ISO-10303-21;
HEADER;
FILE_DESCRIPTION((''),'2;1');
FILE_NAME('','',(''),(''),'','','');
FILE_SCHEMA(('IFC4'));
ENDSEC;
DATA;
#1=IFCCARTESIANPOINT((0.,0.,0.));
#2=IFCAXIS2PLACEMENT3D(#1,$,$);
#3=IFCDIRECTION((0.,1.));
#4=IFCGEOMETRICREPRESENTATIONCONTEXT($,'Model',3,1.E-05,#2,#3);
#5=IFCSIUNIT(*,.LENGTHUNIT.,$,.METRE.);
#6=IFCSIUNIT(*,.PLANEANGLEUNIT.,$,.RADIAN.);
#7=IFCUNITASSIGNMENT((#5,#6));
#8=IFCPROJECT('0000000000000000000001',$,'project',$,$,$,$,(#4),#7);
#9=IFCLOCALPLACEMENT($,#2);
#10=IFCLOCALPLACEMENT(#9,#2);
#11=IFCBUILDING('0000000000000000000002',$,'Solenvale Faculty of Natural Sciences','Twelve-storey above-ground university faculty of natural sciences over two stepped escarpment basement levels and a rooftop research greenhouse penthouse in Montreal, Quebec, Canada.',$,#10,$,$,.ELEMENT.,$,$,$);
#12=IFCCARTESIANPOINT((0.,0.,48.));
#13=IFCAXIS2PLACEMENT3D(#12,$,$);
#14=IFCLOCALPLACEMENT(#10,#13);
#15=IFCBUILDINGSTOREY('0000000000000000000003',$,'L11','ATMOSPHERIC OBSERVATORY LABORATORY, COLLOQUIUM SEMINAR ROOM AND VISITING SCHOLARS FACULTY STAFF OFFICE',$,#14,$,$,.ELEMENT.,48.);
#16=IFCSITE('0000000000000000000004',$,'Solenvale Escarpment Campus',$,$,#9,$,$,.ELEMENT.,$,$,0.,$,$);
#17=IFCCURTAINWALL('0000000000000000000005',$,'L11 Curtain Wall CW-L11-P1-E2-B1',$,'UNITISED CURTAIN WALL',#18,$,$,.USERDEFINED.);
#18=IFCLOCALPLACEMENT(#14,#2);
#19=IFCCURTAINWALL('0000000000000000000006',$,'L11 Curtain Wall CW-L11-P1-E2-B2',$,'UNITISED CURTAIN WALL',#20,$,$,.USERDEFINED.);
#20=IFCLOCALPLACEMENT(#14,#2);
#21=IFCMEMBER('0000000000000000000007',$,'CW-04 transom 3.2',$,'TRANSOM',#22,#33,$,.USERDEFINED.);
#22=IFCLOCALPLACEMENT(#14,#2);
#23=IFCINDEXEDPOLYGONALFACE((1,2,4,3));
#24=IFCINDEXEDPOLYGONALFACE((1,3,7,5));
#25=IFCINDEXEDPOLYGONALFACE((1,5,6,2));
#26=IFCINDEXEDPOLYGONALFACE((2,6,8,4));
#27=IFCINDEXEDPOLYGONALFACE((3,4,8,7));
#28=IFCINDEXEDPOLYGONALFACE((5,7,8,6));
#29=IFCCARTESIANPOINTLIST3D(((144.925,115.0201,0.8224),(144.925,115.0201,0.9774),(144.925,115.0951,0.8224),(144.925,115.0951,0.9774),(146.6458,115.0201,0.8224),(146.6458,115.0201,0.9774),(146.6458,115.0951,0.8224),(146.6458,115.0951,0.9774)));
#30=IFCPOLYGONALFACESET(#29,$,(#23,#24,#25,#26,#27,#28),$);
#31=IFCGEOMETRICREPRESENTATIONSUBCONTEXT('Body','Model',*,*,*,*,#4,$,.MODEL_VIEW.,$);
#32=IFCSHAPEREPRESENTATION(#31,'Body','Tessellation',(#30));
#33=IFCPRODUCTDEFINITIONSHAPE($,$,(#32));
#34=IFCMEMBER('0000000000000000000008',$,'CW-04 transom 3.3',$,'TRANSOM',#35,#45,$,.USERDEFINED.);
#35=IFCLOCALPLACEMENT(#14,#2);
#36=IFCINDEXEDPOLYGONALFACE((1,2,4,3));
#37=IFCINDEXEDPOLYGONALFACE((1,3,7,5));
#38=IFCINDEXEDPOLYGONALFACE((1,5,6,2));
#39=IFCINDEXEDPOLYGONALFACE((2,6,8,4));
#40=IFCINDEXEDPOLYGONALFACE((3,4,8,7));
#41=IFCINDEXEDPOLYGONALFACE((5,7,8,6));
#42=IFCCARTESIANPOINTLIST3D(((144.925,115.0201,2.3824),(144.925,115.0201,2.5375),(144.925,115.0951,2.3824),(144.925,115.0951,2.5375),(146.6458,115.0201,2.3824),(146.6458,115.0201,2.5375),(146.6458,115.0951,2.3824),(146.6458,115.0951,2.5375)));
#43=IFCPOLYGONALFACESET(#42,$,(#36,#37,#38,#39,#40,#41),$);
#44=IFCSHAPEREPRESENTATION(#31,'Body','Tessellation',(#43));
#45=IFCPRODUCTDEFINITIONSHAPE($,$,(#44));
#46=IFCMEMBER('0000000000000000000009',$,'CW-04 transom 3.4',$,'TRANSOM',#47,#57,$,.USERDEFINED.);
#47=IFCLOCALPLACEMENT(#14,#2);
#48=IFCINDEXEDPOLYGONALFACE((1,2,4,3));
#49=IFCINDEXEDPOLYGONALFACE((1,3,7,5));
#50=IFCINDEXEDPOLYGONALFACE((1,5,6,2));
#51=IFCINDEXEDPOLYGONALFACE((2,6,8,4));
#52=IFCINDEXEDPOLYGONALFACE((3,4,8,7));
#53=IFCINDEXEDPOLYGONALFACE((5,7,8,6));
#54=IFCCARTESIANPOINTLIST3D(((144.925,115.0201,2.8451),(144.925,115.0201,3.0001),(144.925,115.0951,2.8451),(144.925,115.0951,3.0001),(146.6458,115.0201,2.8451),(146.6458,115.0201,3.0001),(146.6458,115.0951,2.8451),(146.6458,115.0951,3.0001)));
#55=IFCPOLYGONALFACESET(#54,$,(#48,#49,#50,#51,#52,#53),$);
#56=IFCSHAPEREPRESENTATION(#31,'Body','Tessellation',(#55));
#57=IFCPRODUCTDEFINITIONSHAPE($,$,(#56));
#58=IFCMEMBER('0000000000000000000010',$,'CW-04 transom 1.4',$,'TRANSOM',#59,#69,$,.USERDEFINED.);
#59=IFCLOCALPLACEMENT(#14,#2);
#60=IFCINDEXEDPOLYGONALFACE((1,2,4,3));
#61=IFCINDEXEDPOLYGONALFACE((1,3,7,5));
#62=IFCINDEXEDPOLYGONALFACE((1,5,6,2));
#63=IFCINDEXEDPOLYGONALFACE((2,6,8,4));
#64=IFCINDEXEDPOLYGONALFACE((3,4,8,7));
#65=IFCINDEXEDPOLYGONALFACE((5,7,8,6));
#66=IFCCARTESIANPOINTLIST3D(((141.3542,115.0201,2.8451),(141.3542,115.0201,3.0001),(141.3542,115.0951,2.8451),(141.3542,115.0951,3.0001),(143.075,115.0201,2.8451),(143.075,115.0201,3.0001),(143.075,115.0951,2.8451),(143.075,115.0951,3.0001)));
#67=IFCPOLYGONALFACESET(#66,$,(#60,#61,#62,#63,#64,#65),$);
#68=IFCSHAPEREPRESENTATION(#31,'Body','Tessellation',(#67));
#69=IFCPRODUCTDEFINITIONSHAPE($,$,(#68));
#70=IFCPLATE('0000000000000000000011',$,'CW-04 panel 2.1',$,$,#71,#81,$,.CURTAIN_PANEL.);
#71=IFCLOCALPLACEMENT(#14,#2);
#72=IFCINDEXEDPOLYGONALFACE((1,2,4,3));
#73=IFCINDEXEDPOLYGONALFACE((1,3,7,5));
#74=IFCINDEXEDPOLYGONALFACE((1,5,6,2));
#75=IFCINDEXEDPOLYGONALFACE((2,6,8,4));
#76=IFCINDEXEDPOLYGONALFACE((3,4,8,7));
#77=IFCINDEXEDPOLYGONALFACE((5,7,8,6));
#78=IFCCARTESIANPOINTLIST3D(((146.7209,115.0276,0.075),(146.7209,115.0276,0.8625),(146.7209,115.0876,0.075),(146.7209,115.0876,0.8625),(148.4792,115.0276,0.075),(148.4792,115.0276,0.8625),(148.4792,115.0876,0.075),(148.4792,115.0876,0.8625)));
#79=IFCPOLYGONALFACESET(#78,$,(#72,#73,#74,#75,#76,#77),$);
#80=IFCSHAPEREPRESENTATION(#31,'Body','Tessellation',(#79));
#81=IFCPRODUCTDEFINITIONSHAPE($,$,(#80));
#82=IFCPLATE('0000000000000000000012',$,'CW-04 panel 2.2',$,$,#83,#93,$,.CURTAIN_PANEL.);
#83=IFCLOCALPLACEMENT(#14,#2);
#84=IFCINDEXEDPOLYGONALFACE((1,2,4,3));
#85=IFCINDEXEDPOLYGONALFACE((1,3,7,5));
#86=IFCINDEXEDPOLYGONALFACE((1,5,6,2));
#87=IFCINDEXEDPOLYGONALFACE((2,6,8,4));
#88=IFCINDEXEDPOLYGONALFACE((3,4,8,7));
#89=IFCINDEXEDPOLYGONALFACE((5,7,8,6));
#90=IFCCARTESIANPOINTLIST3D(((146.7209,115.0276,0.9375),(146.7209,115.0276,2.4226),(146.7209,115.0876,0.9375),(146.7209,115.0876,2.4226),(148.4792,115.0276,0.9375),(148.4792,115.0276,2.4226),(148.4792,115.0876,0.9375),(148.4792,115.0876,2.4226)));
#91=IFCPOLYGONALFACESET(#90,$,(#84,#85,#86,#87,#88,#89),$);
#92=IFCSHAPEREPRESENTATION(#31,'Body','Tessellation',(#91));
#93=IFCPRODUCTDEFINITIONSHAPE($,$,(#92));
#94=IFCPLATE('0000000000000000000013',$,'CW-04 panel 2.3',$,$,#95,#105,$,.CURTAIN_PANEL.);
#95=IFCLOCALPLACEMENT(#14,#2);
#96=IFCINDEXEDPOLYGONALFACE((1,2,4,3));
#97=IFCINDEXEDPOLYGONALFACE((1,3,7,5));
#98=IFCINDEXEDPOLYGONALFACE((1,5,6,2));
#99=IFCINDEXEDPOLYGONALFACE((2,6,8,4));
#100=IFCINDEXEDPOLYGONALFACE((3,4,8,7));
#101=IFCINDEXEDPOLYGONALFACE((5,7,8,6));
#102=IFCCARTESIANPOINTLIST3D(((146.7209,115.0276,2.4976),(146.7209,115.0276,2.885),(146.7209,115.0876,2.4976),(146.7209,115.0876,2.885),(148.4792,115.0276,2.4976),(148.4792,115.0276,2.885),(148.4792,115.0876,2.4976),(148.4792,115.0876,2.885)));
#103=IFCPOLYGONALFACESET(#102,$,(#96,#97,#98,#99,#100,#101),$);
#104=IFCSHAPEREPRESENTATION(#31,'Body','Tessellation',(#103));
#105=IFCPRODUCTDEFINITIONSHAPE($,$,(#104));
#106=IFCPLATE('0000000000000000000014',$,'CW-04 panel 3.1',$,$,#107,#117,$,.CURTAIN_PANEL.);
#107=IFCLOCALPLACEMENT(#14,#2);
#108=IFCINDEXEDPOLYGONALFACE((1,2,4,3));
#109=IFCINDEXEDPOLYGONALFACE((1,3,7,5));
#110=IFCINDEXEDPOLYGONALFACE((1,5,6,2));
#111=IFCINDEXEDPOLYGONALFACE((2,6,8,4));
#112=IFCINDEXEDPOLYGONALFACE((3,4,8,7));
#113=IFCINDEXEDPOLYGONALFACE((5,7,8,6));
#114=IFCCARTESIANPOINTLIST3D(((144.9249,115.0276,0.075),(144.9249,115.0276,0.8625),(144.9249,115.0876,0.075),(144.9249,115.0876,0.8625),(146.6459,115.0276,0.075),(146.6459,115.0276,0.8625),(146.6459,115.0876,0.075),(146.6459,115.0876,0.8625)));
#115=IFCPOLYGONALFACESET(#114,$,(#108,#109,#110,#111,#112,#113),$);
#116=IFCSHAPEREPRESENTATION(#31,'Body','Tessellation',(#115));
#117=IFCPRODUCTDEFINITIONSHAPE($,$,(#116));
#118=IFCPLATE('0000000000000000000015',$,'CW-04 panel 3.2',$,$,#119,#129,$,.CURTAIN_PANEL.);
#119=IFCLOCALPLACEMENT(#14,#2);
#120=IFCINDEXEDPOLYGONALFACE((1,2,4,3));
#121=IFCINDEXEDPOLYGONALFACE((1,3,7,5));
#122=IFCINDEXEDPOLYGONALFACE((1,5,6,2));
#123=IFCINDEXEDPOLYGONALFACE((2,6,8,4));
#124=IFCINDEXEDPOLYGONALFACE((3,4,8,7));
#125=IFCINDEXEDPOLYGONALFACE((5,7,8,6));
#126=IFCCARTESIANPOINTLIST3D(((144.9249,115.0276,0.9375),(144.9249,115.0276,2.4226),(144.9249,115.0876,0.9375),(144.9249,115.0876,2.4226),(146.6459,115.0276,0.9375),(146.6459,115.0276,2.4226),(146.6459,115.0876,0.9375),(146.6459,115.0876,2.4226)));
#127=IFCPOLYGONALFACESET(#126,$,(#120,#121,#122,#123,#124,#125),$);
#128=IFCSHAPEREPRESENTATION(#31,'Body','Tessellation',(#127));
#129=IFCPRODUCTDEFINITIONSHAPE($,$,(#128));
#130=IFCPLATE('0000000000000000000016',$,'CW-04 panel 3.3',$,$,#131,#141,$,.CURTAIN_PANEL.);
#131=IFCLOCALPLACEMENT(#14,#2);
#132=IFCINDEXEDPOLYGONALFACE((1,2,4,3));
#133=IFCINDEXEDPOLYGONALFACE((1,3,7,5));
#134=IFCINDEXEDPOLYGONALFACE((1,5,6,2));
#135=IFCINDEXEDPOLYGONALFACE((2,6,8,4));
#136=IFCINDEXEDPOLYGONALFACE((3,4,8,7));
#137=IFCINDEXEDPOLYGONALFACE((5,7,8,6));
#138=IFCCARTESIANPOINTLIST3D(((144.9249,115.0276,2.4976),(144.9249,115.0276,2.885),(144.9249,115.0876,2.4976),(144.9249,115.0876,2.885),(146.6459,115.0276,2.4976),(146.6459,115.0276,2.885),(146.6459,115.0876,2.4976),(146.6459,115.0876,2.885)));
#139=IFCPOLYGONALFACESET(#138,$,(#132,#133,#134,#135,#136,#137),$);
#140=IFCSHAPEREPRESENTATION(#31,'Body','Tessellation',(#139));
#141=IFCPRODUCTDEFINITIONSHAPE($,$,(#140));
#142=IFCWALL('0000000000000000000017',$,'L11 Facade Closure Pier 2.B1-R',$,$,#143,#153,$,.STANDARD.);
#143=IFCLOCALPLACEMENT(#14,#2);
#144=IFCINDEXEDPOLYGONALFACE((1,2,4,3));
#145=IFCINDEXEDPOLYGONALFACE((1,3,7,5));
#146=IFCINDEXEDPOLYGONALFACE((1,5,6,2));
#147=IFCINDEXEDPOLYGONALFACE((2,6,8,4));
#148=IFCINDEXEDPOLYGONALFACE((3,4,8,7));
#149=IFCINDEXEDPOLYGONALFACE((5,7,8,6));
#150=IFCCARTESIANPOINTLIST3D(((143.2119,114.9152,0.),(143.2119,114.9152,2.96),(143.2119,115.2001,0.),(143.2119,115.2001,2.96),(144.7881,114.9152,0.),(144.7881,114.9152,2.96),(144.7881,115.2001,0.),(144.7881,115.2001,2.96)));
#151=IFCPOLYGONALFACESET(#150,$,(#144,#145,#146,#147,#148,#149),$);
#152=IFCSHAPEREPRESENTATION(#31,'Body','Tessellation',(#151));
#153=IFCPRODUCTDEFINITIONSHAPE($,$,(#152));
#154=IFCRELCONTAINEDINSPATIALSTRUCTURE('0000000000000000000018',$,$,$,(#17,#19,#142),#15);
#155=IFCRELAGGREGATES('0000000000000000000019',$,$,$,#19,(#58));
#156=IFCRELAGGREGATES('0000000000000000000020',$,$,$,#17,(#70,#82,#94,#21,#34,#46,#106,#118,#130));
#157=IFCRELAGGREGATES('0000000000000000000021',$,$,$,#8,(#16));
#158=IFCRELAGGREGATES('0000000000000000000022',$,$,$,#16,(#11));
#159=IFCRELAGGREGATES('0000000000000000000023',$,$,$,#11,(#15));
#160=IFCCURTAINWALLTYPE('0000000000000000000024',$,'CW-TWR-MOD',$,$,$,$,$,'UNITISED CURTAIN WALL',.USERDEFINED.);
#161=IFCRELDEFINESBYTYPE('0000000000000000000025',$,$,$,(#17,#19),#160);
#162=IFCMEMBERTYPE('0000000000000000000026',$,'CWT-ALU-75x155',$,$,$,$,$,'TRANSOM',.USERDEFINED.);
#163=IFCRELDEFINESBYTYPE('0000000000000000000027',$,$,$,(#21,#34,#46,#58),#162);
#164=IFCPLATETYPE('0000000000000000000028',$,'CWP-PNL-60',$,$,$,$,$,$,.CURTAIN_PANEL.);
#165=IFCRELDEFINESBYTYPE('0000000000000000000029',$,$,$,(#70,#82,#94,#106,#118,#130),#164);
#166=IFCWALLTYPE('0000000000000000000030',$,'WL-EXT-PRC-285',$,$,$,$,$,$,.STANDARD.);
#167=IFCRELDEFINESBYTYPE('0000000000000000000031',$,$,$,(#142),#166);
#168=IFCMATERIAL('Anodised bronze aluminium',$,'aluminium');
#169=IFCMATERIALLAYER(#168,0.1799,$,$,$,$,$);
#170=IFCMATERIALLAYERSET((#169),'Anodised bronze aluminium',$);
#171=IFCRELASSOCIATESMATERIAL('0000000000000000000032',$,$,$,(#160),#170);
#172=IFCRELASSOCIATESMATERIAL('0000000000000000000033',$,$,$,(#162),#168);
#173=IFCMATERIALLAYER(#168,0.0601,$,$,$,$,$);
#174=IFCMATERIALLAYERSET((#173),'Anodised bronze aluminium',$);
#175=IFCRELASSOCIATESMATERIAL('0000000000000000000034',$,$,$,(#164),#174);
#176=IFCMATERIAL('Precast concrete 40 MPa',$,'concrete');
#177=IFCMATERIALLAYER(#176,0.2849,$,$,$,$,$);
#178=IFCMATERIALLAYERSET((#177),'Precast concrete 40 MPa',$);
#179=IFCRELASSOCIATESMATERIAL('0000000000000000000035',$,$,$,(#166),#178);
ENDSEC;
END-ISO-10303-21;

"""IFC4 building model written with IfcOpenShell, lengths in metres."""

from ifc_helpers import new_model, si_unit, direction, frame, frame_2d, origin, origin_2d, place, context, subcontext, project, spatial, rectangle, extrude, material, layer, layer_set, material_profile, profile_set, type_object, element, aggregate, save


model = new_model("IFC4")

# Units and contexts
model_context = context("Model", 3, precision=1e-05, world=origin(), true_north=direction((0.0, 1.0)))
body_context = subcontext(model_context, "Body", "Model", "MODEL_VIEW")
ifc_project = project(units=[si_unit("LENGTHUNIT", "METRE"), si_unit("PLANEANGLEUNIT", "RADIAN")], contexts=[model_context])

# Site, building, storey
site_placement = place(None, origin())
site = spatial("IfcSite", under=ifc_project, at=site_placement, Name="Solenvale Escarpment Campus", CompositionType="ELEMENT", RefElevation=0.0)
building_placement = place(site_placement, origin())
building = spatial("IfcBuilding", under=site, at=building_placement, Name="Solenvale Faculty of Natural Sciences", Description="Twelve-storey above-ground university faculty of natural sciences over two stepped escarpment basement levels and a rooftop research greenhouse penthouse in Montreal, Quebec, Canada.", CompositionType="ELEMENT")
storey_placement = place(building_placement, frame((0.0, 0.0, 48.0)))
storey = spatial("IfcBuildingStorey", under=building, at=storey_placement, Name="L11", Description="ATMOSPHERIC OBSERVATORY LABORATORY, COLLOQUIUM SEMINAR ROOM AND VISITING SCHOLARS FACULTY STAFF OFFICE", CompositionType="ELEMENT", Elevation=48.0)

# Shared definitions
ifc_material_1 = material(Name="Precast concrete 40 MPa", Category="concrete")

# Curtain wall
ifc_material_2 = material(Name="Anodised bronze aluminium", Category="aluminium")
ifc_layer_1 = layer(ifc_material_2, 0.1799)
ifc_layer_set_1 = layer_set([ifc_layer_1], Name="Anodised bronze aluminium")
curtain_wall_type = type_object("IfcCurtainWallType", Name="CW-TWR-MOD", ElementType="UNITISED CURTAIN WALL", PredefinedType="USERDEFINED", material=ifc_layer_set_1)
curtain_wall_1_placement = place(storey_placement, origin())
curtain_wall_1 = element("IfcCurtainWall", 1, at=curtain_wall_1_placement, inside=storey, type_object=curtain_wall_type, Name="L11 Curtain Wall CW-L11-P1-E2-B1", ObjectType="UNITISED CURTAIN WALL", PredefinedType="USERDEFINED")

# Curtain wall
curtain_wall_2_placement = place(storey_placement, origin())
curtain_wall_2 = element("IfcCurtainWall", 2, at=curtain_wall_2_placement, inside=storey, type_object=curtain_wall_type, Name="L11 Curtain Wall CW-L11-P1-E2-B2", ObjectType="UNITISED CURTAIN WALL", PredefinedType="USERDEFINED")

# Members
ifc_material_profile_1 = material_profile(ifc_material_2, rectangle(XDim=0.075, YDim=0.155, at=origin_2d()), Name="ALU-TRN-75x155")
ifc_profile_set_1 = profile_set([ifc_material_profile_1], Name="Anodised bronze aluminium")
member_type_1 = type_object("IfcMemberType", Name="CWT-ALU-75x155", ElementType="TRANSOM", PredefinedType="USERDEFINED", material=ifc_profile_set_1)
member_1_placement = place(storey_placement, frame((146.6458, 115.0576, 0.8999), z_axis=(-1.0, 0.0, 0.0), x_axis=(0.0, -1.0, 0.0)))
member_1 = element("IfcMember", 3, at=member_1_placement, type_object=member_type_1, Name="CW-04 transom 3.2", ObjectType="TRANSOM", PredefinedType="USERDEFINED", context=body_context, shape_type="SweptSolid", body=[
    extrude(rectangle(XDim=0.075, YDim=0.155, at=origin_2d()), origin(), (0.0, 0.0, 1.0), 1.7207),
])
member_2_placement = place(storey_placement, frame((146.6458, 115.0576, 2.46), z_axis=(-1.0, 0.0, 0.0), x_axis=(0.0, -1.0, 0.0)))
member_2 = element("IfcMember", 4, at=member_2_placement, type_object=member_type_1, Name="CW-04 transom 3.3", ObjectType="TRANSOM", PredefinedType="USERDEFINED", context=body_context, shape_type="SweptSolid", body=[
    extrude(rectangle(XDim=0.075, YDim=0.155, at=origin_2d()), origin(), (0.0, 0.0, 1.0), 1.7207),
])
member_3_placement = place(storey_placement, frame((146.6458, 115.0576, 2.9226), z_axis=(-1.0, 0.0, 0.0), x_axis=(0.0, -1.0, 0.0)))
member_3 = element("IfcMember", 5, at=member_3_placement, type_object=member_type_1, Name="CW-04 transom 3.4", ObjectType="TRANSOM", PredefinedType="USERDEFINED", context=body_context, shape_type="SweptSolid", body=[
    extrude(rectangle(XDim=0.075, YDim=0.155, at=origin_2d()), origin(), (0.0, 0.0, 1.0), 1.7207),
])
member_4_placement = place(storey_placement, frame((143.075, 115.0576, 2.9226), z_axis=(-1.0, 0.0, 0.0), x_axis=(0.0, -1.0, 0.0)))
member_4 = element("IfcMember", 6, at=member_4_placement, type_object=member_type_1, Name="CW-04 transom 1.4", ObjectType="TRANSOM", PredefinedType="USERDEFINED", context=body_context, shape_type="SweptSolid", body=[
    extrude(rectangle(XDim=0.075, YDim=0.155, at=origin_2d()), origin(), (0.0, 0.0, 1.0), 1.7207),
])
aggregate(curtain_wall_2, [member_4])

# Plates
ifc_layer_2 = layer(ifc_material_2, 0.0601)
ifc_layer_set_2 = layer_set([ifc_layer_2], Name="Anodised bronze aluminium")
plate_type = type_object("IfcPlateType", Name="CWP-PNL-60", PredefinedType="CURTAIN_PANEL", material=ifc_layer_set_2)
plate_1_placement = place(storey_placement, frame((147.6001, 115.0576, 0.075), z_axis=(0.0, 0.0, 1.0), x_axis=(-1.0, 0.0, 0.0)))
plate_1 = element("IfcPlate", 7, at=plate_1_placement, type_object=plate_type, Name="CW-04 panel 2.1", PredefinedType="CURTAIN_PANEL", context=body_context, shape_type="SweptSolid", body=[
    extrude(rectangle(XDim=1.7583, YDim=0.0601, at=origin_2d()), origin(), (0.0, 0.0, 1.0), 0.7876),
])
plate_2_placement = place(storey_placement, frame((147.6001, 115.0576, 0.9375), z_axis=(0.0, 0.0, 1.0), x_axis=(-1.0, 0.0, 0.0)))
plate_2 = element("IfcPlate", 8, at=plate_2_placement, type_object=plate_type, Name="CW-04 panel 2.2", PredefinedType="CURTAIN_PANEL", context=body_context, shape_type="SweptSolid", body=[
    extrude(rectangle(XDim=1.7583, YDim=0.0601, at=origin_2d()), origin(), (0.0, 0.0, 1.0), 1.4851),
])
plate_3_placement = place(storey_placement, frame((147.6001, 115.0576, 2.4976), z_axis=(0.0, 0.0, 1.0), x_axis=(-1.0, 0.0, 0.0)))
plate_3 = element("IfcPlate", 9, at=plate_3_placement, type_object=plate_type, Name="CW-04 panel 2.3", PredefinedType="CURTAIN_PANEL", context=body_context, shape_type="SweptSolid", body=[
    extrude(rectangle(XDim=1.7583, YDim=0.0601, at=origin_2d()), origin(), (0.0, 0.0, 1.0), 0.3875),
])
plate_4_placement = place(storey_placement, frame((145.7854, 115.0576, 0.075), z_axis=(0.0, 0.0, 1.0), x_axis=(-1.0, 0.0, 0.0)))
plate_4 = element("IfcPlate", 10, at=plate_4_placement, type_object=plate_type, Name="CW-04 panel 3.1", PredefinedType="CURTAIN_PANEL", context=body_context, shape_type="SweptSolid", body=[
    extrude(rectangle(XDim=1.7209, YDim=0.0601, at=origin_2d()), origin(), (0.0, 0.0, 1.0), 0.7876),
])
plate_5_placement = place(storey_placement, frame((145.7854, 115.0576, 0.9375), z_axis=(0.0, 0.0, 1.0), x_axis=(-1.0, 0.0, 0.0)))
plate_5 = element("IfcPlate", 11, at=plate_5_placement, type_object=plate_type, Name="CW-04 panel 3.2", PredefinedType="CURTAIN_PANEL", context=body_context, shape_type="SweptSolid", body=[
    extrude(rectangle(XDim=1.7209, YDim=0.0601, at=origin_2d()), origin(), (0.0, 0.0, 1.0), 1.4851),
])
plate_6_placement = place(storey_placement, frame((145.7854, 115.0576, 2.4976), z_axis=(0.0, 0.0, 1.0), x_axis=(-1.0, 0.0, 0.0)))
plate_6 = element("IfcPlate", 12, at=plate_6_placement, type_object=plate_type, Name="CW-04 panel 3.3", PredefinedType="CURTAIN_PANEL", context=body_context, shape_type="SweptSolid", body=[
    extrude(rectangle(XDim=1.7209, YDim=0.0601, at=origin_2d()), origin(), (0.0, 0.0, 1.0), 0.3875),
])
aggregate(curtain_wall_1, [plate_1, plate_2, plate_3, member_1, member_2, member_3, plate_4, plate_5, plate_6])

# Wall
ifc_layer_3 = layer(ifc_material_1, 0.2849)
ifc_layer_set_3 = layer_set([ifc_layer_3], Name="Precast concrete 40 MPa")
wall_type = type_object("IfcWallType", Name="WL-EXT-PRC-285", PredefinedType="STANDARD", material=ifc_layer_set_3)
wall_placement = place(storey_placement, frame((144.7881, 115.0576, 0.0), z_axis=(0.0, 0.0, 1.0), x_axis=(-1.0, 0.0, 0.0)))
element("IfcWall", 13, at=wall_placement, inside=storey, type_object=wall_type, Name="L11 Facade Closure Pier 2.B1-R", PredefinedType="STANDARD", context=body_context, shape_type="SweptSolid", body=[
    extrude(rectangle(XDim=1.5762, YDim=0.2849, at=frame_2d((0.7881, 0.0))), origin(), (0.0, 0.0, 1.0), 2.96),
])

save(model, "model.ifc")
